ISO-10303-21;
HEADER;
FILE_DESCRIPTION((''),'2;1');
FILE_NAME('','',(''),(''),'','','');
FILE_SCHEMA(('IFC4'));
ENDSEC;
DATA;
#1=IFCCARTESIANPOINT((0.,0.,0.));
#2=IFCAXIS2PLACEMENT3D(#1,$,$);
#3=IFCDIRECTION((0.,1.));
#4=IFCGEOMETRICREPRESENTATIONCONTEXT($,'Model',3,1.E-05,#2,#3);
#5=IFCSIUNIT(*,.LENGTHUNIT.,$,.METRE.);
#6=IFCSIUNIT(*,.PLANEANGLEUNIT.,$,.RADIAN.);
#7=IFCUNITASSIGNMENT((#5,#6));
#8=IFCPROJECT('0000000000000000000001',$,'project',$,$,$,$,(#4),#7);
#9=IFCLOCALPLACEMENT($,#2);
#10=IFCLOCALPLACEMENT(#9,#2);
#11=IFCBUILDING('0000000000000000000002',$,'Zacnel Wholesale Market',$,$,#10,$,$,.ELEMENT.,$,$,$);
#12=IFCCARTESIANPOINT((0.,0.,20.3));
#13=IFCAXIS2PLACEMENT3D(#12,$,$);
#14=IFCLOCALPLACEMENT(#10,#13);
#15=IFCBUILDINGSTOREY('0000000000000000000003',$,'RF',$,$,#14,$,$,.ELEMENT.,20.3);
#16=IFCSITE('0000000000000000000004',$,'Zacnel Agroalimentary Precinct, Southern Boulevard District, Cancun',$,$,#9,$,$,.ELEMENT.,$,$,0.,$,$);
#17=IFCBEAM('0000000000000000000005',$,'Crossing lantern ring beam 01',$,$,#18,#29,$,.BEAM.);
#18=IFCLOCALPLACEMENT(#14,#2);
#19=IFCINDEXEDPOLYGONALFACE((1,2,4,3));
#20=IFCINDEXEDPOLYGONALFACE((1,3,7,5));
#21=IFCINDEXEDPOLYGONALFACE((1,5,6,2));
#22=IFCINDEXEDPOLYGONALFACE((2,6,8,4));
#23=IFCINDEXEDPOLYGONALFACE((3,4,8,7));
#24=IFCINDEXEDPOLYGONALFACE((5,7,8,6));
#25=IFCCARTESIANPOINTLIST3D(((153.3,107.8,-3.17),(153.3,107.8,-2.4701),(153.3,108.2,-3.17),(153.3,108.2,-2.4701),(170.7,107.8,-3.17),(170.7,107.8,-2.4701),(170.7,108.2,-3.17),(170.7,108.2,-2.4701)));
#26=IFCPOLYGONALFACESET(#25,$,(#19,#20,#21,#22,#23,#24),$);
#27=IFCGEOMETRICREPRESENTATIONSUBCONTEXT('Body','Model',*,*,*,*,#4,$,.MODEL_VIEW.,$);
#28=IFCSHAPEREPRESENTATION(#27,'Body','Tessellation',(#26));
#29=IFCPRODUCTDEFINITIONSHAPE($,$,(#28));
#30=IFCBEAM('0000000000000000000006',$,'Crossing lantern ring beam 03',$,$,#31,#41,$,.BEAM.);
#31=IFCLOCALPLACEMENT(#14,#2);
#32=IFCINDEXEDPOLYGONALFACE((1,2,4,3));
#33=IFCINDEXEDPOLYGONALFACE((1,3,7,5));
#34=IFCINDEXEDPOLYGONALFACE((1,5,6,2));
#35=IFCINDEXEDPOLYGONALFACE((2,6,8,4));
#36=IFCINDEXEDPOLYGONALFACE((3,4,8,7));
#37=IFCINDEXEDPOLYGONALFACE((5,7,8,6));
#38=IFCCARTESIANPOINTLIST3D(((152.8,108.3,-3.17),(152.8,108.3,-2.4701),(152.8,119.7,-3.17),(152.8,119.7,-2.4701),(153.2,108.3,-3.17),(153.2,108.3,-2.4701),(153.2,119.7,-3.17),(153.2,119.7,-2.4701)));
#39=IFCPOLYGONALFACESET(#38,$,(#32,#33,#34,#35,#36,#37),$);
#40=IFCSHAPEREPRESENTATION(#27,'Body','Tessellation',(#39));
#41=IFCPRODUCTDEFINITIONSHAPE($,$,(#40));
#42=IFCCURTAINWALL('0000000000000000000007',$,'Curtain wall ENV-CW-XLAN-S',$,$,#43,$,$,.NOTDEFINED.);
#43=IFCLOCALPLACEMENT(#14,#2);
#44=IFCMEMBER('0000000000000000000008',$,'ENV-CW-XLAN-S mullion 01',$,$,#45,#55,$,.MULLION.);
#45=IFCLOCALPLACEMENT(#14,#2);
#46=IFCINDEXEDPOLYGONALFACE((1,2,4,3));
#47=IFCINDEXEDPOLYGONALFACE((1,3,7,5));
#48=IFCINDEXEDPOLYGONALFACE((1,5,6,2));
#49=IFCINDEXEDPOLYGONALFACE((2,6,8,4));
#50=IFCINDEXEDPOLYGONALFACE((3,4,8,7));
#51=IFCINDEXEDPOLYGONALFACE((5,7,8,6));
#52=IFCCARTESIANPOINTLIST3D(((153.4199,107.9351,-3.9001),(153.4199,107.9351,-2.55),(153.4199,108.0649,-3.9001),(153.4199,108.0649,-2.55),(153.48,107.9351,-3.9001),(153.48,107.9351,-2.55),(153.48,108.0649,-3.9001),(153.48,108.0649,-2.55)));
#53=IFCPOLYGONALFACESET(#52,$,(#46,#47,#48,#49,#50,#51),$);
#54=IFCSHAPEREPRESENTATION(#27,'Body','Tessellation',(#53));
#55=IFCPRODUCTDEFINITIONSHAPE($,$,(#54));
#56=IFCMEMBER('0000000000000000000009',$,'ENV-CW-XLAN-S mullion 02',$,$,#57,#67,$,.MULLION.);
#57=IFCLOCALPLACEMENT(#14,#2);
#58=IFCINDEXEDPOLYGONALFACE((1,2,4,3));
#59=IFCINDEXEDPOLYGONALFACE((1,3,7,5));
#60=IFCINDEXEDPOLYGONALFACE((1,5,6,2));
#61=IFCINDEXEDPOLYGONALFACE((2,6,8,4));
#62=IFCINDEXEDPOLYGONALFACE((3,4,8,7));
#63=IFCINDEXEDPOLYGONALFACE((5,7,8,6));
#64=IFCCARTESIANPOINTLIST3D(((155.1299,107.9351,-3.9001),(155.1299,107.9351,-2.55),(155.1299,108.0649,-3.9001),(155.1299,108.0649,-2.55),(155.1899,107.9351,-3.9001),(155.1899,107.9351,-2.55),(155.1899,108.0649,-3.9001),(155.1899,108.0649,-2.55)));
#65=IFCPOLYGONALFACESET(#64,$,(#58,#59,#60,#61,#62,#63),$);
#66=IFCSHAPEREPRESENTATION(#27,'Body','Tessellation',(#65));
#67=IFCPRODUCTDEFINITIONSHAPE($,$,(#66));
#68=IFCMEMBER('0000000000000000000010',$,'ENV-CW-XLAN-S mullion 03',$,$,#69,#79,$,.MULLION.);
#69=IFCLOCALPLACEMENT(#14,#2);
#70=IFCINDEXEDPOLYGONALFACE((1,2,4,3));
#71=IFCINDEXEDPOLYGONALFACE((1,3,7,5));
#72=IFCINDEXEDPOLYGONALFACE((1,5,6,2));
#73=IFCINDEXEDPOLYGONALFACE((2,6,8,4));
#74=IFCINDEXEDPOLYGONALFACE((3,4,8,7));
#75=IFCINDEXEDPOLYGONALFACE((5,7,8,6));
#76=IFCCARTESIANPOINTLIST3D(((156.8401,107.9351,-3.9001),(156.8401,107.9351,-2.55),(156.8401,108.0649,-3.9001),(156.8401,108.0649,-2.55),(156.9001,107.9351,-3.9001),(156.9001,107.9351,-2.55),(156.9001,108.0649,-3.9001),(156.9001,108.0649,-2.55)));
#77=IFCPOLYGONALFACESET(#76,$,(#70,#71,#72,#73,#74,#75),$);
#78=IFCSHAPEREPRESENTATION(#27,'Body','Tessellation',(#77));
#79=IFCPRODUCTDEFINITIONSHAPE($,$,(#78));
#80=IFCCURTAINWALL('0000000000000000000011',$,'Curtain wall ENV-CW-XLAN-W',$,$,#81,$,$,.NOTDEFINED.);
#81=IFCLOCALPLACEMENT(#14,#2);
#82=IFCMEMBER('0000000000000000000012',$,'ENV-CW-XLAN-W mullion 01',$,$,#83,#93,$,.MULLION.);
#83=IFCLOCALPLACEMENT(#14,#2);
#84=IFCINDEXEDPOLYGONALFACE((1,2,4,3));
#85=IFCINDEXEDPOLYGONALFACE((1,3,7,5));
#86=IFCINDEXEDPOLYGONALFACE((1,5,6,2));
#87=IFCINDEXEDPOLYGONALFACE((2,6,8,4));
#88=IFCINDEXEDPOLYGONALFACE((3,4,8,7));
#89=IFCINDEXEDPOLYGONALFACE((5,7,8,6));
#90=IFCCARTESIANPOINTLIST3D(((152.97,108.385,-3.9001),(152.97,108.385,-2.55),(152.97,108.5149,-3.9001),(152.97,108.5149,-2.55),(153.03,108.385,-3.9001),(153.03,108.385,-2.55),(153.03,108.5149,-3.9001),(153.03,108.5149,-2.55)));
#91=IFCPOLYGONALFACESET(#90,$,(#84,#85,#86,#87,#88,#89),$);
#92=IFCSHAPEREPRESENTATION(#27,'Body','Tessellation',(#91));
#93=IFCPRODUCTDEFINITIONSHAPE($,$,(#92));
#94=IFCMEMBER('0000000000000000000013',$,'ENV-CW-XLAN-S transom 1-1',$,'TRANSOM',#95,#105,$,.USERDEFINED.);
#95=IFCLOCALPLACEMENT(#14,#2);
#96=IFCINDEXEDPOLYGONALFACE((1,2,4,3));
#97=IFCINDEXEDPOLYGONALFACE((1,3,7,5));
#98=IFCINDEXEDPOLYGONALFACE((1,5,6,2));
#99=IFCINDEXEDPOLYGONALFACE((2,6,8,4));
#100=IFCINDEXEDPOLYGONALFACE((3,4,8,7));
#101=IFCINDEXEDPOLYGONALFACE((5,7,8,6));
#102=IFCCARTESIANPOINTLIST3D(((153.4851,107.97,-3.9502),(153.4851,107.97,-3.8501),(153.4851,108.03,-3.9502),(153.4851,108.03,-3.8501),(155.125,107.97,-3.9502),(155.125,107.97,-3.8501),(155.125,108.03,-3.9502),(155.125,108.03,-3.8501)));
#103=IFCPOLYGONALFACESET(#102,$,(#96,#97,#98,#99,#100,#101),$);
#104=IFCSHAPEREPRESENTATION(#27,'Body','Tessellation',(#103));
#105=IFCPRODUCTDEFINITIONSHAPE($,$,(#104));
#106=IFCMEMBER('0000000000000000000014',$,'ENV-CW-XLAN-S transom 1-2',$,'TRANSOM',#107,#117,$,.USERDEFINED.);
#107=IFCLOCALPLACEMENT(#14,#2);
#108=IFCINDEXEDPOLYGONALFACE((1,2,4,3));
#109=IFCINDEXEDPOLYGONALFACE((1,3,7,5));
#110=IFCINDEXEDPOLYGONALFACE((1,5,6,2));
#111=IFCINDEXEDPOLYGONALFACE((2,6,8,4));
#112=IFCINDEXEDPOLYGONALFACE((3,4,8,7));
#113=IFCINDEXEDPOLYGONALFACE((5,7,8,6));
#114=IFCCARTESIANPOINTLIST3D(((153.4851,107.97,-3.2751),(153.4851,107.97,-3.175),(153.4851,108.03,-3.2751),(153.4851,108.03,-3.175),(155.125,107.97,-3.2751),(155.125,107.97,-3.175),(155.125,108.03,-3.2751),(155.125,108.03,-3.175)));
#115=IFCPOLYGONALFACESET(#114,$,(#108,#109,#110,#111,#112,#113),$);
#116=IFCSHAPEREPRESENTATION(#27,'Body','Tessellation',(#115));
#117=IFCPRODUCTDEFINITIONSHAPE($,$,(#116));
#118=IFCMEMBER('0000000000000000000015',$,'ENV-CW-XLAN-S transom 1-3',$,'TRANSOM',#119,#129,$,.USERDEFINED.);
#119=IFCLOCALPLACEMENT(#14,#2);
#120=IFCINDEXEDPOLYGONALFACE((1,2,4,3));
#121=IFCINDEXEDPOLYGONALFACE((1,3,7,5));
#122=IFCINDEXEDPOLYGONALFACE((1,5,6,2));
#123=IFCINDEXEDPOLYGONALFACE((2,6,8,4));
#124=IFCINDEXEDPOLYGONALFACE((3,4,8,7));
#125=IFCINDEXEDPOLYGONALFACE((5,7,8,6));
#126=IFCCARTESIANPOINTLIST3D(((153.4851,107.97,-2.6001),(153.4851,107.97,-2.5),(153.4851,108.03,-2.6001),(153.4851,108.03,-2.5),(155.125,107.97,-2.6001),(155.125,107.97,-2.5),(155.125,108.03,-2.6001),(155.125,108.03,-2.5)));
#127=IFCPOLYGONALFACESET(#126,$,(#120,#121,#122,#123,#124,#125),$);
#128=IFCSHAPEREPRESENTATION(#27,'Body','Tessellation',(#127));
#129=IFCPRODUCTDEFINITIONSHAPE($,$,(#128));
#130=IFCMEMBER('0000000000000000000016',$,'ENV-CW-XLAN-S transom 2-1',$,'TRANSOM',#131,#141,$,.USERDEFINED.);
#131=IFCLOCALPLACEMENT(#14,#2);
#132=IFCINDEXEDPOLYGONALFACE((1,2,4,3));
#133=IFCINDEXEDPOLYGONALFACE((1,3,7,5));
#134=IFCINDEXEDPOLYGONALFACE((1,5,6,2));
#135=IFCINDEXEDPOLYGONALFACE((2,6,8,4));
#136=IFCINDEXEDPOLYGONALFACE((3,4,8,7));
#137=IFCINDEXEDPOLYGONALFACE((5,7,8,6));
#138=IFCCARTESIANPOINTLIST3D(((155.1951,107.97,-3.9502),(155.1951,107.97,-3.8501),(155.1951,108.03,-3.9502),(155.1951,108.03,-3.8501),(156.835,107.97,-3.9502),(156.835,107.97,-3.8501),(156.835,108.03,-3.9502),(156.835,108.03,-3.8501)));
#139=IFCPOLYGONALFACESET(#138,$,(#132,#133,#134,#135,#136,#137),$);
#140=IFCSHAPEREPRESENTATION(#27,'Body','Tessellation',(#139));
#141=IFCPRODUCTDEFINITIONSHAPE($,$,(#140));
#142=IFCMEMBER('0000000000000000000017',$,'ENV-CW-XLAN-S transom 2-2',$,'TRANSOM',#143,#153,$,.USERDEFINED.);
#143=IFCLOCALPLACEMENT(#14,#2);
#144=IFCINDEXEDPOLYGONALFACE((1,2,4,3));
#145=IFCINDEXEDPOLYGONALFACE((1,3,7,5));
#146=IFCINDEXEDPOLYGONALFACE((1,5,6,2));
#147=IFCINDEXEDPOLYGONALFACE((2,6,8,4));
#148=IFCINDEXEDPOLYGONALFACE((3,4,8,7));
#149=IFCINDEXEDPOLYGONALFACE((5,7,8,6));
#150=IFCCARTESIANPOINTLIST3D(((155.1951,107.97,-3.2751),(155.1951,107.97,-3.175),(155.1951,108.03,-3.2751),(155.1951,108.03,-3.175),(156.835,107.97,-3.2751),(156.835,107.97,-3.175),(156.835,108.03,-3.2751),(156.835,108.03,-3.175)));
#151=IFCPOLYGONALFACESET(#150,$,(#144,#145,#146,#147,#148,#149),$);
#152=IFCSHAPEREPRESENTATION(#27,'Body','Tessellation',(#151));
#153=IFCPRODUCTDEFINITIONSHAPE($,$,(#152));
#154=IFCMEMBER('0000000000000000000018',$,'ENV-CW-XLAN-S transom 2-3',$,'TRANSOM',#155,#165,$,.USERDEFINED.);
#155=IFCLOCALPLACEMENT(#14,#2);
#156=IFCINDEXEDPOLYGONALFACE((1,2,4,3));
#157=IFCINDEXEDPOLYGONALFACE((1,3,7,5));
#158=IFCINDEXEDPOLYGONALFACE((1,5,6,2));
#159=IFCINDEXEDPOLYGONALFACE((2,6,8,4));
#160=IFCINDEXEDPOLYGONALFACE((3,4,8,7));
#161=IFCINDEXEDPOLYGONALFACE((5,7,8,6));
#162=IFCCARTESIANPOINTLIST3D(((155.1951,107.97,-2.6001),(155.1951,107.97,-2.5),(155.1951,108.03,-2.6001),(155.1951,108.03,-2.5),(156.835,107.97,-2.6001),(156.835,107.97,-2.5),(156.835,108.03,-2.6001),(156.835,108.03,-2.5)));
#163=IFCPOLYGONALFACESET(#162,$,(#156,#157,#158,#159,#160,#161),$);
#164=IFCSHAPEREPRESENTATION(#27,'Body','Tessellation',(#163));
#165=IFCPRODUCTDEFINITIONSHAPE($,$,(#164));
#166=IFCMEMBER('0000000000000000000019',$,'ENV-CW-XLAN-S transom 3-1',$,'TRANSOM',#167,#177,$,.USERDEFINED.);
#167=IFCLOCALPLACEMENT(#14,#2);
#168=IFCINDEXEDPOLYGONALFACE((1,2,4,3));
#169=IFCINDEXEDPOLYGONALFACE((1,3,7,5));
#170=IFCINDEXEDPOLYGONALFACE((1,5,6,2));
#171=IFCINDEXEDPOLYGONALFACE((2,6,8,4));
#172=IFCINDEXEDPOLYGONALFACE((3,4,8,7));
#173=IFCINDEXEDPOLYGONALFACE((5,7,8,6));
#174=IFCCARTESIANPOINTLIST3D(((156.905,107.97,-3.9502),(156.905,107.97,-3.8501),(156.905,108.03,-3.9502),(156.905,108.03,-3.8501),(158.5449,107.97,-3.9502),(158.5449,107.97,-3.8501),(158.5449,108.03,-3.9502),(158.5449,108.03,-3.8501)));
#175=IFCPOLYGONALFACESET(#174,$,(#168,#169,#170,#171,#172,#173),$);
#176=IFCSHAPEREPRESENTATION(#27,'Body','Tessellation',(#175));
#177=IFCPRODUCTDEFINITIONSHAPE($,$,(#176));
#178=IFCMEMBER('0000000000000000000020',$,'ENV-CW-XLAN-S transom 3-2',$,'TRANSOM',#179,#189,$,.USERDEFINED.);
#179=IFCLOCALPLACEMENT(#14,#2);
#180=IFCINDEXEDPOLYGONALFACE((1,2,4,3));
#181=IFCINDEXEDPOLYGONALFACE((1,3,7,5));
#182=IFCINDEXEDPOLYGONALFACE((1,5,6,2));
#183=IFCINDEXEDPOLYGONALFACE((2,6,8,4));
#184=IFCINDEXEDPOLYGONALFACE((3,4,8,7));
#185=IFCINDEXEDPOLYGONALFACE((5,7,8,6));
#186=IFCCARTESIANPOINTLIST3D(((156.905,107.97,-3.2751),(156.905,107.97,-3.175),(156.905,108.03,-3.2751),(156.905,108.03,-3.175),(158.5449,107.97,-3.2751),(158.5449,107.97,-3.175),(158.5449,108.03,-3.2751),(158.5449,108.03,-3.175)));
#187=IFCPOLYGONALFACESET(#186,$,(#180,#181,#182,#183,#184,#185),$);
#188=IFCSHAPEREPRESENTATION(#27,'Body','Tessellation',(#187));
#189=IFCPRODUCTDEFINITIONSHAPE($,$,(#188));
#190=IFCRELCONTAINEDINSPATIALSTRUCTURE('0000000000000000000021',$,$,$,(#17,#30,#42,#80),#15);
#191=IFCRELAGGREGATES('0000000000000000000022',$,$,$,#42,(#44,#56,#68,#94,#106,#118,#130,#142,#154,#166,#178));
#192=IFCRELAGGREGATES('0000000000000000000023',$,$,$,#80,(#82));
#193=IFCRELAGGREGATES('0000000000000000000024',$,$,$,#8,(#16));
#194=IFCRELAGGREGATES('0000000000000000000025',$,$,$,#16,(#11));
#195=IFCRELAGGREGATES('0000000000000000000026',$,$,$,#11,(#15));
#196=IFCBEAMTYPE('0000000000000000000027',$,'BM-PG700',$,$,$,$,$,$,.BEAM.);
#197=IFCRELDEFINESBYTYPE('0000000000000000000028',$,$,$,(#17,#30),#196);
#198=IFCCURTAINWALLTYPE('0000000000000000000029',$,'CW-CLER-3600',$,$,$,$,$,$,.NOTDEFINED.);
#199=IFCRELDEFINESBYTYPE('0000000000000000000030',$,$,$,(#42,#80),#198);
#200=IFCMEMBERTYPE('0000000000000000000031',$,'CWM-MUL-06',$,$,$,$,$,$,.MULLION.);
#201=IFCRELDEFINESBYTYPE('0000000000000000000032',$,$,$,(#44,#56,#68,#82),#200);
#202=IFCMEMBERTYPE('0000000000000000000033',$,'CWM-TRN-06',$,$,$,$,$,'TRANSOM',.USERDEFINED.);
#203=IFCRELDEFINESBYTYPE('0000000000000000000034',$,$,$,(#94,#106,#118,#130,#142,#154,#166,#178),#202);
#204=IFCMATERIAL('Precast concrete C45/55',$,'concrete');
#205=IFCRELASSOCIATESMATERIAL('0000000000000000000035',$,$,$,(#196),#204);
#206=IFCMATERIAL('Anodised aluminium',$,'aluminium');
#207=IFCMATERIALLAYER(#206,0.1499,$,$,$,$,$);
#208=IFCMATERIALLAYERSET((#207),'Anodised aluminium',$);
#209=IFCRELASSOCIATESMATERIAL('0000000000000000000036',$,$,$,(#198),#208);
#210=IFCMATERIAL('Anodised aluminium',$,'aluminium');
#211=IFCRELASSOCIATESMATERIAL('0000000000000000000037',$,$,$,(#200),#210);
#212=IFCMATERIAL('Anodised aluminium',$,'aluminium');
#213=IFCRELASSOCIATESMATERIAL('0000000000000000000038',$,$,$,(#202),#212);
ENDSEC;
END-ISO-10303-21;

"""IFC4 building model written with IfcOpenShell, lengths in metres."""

from ifc_helpers import new_model, si_unit, direction, frame, origin, origin_2d, place, context, subcontext, project, spatial, rectangle, extrude, material, layer, layer_set, material_profile, profile_set, type_object, element, aggregate, save


model = new_model("IFC4")

# Units and contexts
model_context = context("Model", 3, precision=1e-05, world=origin(), true_north=direction((0.0, 1.0)))
body_context = subcontext(model_context, "Body", "Model", "MODEL_VIEW")
ifc_project = project(units=[si_unit("LENGTHUNIT", "METRE"), si_unit("PLANEANGLEUNIT", "RADIAN")], contexts=[model_context])

# Site, building, storey
site_placement = place(None, origin())
site = spatial("IfcSite", under=ifc_project, at=site_placement, Name="Zacnel Agroalimentary Precinct, Southern Boulevard District, Cancun", CompositionType="ELEMENT", RefElevation=0.0)
building_placement = place(site_placement, origin())
building = spatial("IfcBuilding", under=site, at=building_placement, Name="Zacnel Wholesale Market", CompositionType="ELEMENT")
storey_placement = place(building_placement, frame((0.0, 0.0, 20.3)))
storey = spatial("IfcBuildingStorey", under=building, at=storey_placement, Name="RF", CompositionType="ELEMENT", Elevation=20.3)

# Beams
ifc_material_1 = material(Name="Precast concrete C45/55", Category="concrete")
ifc_material_profile_1 = material_profile(ifc_material_1, rectangle(XDim=0.3999, YDim=0.7, at=origin_2d()), Name="PG 400x700")
ifc_profile_set_1 = profile_set([ifc_material_profile_1], Name="Precast concrete C45/55")
beam_type = type_object("IfcBeamType", Name="BM-PG700", PredefinedType="BEAM", material=ifc_profile_set_1)
beam_1_placement = place(storey_placement, frame((153.3, 108.0, -2.8201), z_axis=(1.0, 0.0, 0.0), x_axis=(0.0, 1.0, 0.0)))
element("IfcBeam", 1, at=beam_1_placement, inside=storey, type_object=beam_type, Name="Crossing lantern ring beam 01", PredefinedType="BEAM", context=body_context, shape_type="SweptSolid", body=[
    extrude(rectangle(XDim=0.3999, YDim=0.7, at=origin_2d()), origin(), (0.0, 0.0, 1.0), 17.3999),
])
beam_2_placement = place(storey_placement, frame((153.0, 108.3, -2.8201), z_axis=(0.0, 1.0, 0.0), x_axis=(-1.0, 0.0, 0.0)))
element("IfcBeam", 2, at=beam_2_placement, inside=storey, type_object=beam_type, Name="Crossing lantern ring beam 03", PredefinedType="BEAM", context=body_context, shape_type="SweptSolid", body=[
    extrude(rectangle(XDim=0.3999, YDim=0.7, at=origin_2d()), origin(), (0.0, 0.0, 1.0), 11.3999),
])

# Curtain wall, members
ifc_material_2 = material(Name="Anodised aluminium", Category="aluminium")
ifc_layer_1 = layer(ifc_material_2, 0.1499)
ifc_layer_set_1 = layer_set([ifc_layer_1], Name="Anodised aluminium")
curtain_wall_type = type_object("IfcCurtainWallType", Name="CW-CLER-3600", PredefinedType="NOTDEFINED", material=ifc_layer_set_1)
curtain_wall_1_placement = place(storey_placement, origin())
curtain_wall_1 = element("IfcCurtainWall", 3, at=curtain_wall_1_placement, inside=storey, type_object=curtain_wall_type, Name="Curtain wall ENV-CW-XLAN-S", PredefinedType="NOTDEFINED")
ifc_material_3 = material(Name="Anodised aluminium", Category="aluminium")
ifc_material_profile_2 = material_profile(ifc_material_3, rectangle(XDim=0.0601, YDim=0.1299, at=origin_2d()), Name="AW-MULLION 60x130")
ifc_profile_set_2 = profile_set([ifc_material_profile_2], Name="Anodised aluminium")
member_type_1 = type_object("IfcMemberType", Name="CWM-MUL-06", PredefinedType="MULLION", material=ifc_profile_set_2)
member_1_placement = place(storey_placement, frame((153.45, 108.0, -3.9001), z_axis=(0.0, 0.0, 1.0), x_axis=(1.0, 0.0, 0.0)))
member_1 = element("IfcMember", 4, at=member_1_placement, type_object=member_type_1, Name="ENV-CW-XLAN-S mullion 01", PredefinedType="MULLION", context=body_context, shape_type="SweptSolid", body=[
    extrude(rectangle(XDim=0.0601, YDim=0.1299, at=origin_2d()), origin(), (0.0, 0.0, 1.0), 1.3501),
])
member_2_placement = place(storey_placement, frame((155.1599, 108.0, -3.9001), z_axis=(0.0, 0.0, 1.0), x_axis=(1.0, 0.0, 0.0)))
member_2 = element("IfcMember", 5, at=member_2_placement, type_object=member_type_1, Name="ENV-CW-XLAN-S mullion 02", PredefinedType="MULLION", context=body_context, shape_type="SweptSolid", body=[
    extrude(rectangle(XDim=0.0601, YDim=0.1299, at=origin_2d()), origin(), (0.0, 0.0, 1.0), 1.3501),
])
member_3_placement = place(storey_placement, frame((156.8701, 108.0, -3.9001), z_axis=(0.0, 0.0, 1.0), x_axis=(1.0, 0.0, 0.0)))
member_3 = element("IfcMember", 6, at=member_3_placement, type_object=member_type_1, Name="ENV-CW-XLAN-S mullion 03", PredefinedType="MULLION", context=body_context, shape_type="SweptSolid", body=[
    extrude(rectangle(XDim=0.0601, YDim=0.1299, at=origin_2d()), origin(), (0.0, 0.0, 1.0), 1.3501),
])

# Curtain wall, member
curtain_wall_2_placement = place(storey_placement, origin())
curtain_wall_2 = element("IfcCurtainWall", 7, at=curtain_wall_2_placement, inside=storey, type_object=curtain_wall_type, Name="Curtain wall ENV-CW-XLAN-W", PredefinedType="NOTDEFINED")
member_4_placement = place(storey_placement, frame((153.0, 108.45, -3.9001), z_axis=(0.0, 0.0, 1.0), x_axis=(1.0, 0.0, 0.0)))
member_4 = element("IfcMember", 8, at=member_4_placement, type_object=member_type_1, Name="ENV-CW-XLAN-W mullion 01", PredefinedType="MULLION", context=body_context, shape_type="SweptSolid", body=[
    extrude(rectangle(XDim=0.0601, YDim=0.1299, at=origin_2d()), origin(), (0.0, 0.0, 1.0), 1.3501),
])

# Members
ifc_material_4 = material(Name="Anodised aluminium", Category="aluminium")
ifc_material_profile_3 = material_profile(ifc_material_4, rectangle(XDim=0.0601, YDim=0.1001, at=origin_2d()), Name="AW-TRANSOM 60x100")
ifc_profile_set_3 = profile_set([ifc_material_profile_3], Name="Anodised aluminium")
member_type_2 = type_object("IfcMemberType", Name="CWM-TRN-06", ElementType="TRANSOM", PredefinedType="USERDEFINED", material=ifc_profile_set_3)
member_5_placement = place(storey_placement, frame((153.4851, 108.0, -3.9001), z_axis=(1.0, 0.0, 0.0), x_axis=(0.0, 1.0, 0.0)))
member_5 = element("IfcMember", 9, at=member_5_placement, type_object=member_type_2, Name="ENV-CW-XLAN-S transom 1-1", ObjectType="TRANSOM", PredefinedType="USERDEFINED", context=body_context, shape_type="SweptSolid", body=[
    extrude(rectangle(XDim=0.0601, YDim=0.1001, at=origin_2d()), origin(), (0.0, 0.0, 1.0), 1.6399),
])
member_6_placement = place(storey_placement, frame((153.4851, 108.0, -3.2251), z_axis=(1.0, 0.0, 0.0), x_axis=(0.0, 1.0, 0.0)))
member_6 = element("IfcMember", 10, at=member_6_placement, type_object=member_type_2, Name="ENV-CW-XLAN-S transom 1-2", ObjectType="TRANSOM", PredefinedType="USERDEFINED", context=body_context, shape_type="SweptSolid", body=[
    extrude(rectangle(XDim=0.0601, YDim=0.1001, at=origin_2d()), origin(), (0.0, 0.0, 1.0), 1.6399),
])
member_7_placement = place(storey_placement, frame((153.4851, 108.0, -2.55), z_axis=(1.0, 0.0, 0.0), x_axis=(0.0, 1.0, 0.0)))
member_7 = element("IfcMember", 11, at=member_7_placement, type_object=member_type_2, Name="ENV-CW-XLAN-S transom 1-3", ObjectType="TRANSOM", PredefinedType="USERDEFINED", context=body_context, shape_type="SweptSolid", body=[
    extrude(rectangle(XDim=0.0601, YDim=0.1001, at=origin_2d()), origin(), (0.0, 0.0, 1.0), 1.6399),
])
member_8_placement = place(storey_placement, frame((155.1951, 108.0, -3.9001), z_axis=(1.0, 0.0, 0.0), x_axis=(0.0, 1.0, 0.0)))
member_8 = element("IfcMember", 12, at=member_8_placement, type_object=member_type_2, Name="ENV-CW-XLAN-S transom 2-1", ObjectType="TRANSOM", PredefinedType="USERDEFINED", context=body_context, shape_type="SweptSolid", body=[
    extrude(rectangle(XDim=0.0601, YDim=0.1001, at=origin_2d()), origin(), (0.0, 0.0, 1.0), 1.6399),
])
member_9_placement = place(storey_placement, frame((155.1951, 108.0, -3.2251), z_axis=(1.0, 0.0, 0.0), x_axis=(0.0, 1.0, 0.0)))
member_9 = element("IfcMember", 13, at=member_9_placement, type_object=member_type_2, Name="ENV-CW-XLAN-S transom 2-2", ObjectType="TRANSOM", PredefinedType="USERDEFINED", context=body_context, shape_type="SweptSolid", body=[
    extrude(rectangle(XDim=0.0601, YDim=0.1001, at=origin_2d()), origin(), (0.0, 0.0, 1.0), 1.6399),
])
member_10_placement = place(storey_placement, frame((155.1951, 108.0, -2.55), z_axis=(1.0, 0.0, 0.0), x_axis=(0.0, 1.0, 0.0)))
member_10 = element("IfcMember", 14, at=member_10_placement, type_object=member_type_2, Name="ENV-CW-XLAN-S transom 2-3", ObjectType="TRANSOM", PredefinedType="USERDEFINED", context=body_context, shape_type="SweptSolid", body=[
    extrude(rectangle(XDim=0.0601, YDim=0.1001, at=origin_2d()), origin(), (0.0, 0.0, 1.0), 1.6399),
])
member_11_placement = place(storey_placement, frame((156.905, 108.0, -3.9001), z_axis=(1.0, 0.0, 0.0), x_axis=(0.0, 1.0, 0.0)))
member_11 = element("IfcMember", 15, at=member_11_placement, type_object=member_type_2, Name="ENV-CW-XLAN-S transom 3-1", ObjectType="TRANSOM", PredefinedType="USERDEFINED", context=body_context, shape_type="SweptSolid", body=[
    extrude(rectangle(XDim=0.0601, YDim=0.1001, at=origin_2d()), origin(), (0.0, 0.0, 1.0), 1.6399),
])
member_12_placement = place(storey_placement, frame((156.905, 108.0, -3.2251), z_axis=(1.0, 0.0, 0.0), x_axis=(0.0, 1.0, 0.0)))
member_12 = element("IfcMember", 16, at=member_12_placement, type_object=member_type_2, Name="ENV-CW-XLAN-S transom 3-2", ObjectType="TRANSOM", PredefinedType="USERDEFINED", context=body_context, shape_type="SweptSolid", body=[
    extrude(rectangle(XDim=0.0601, YDim=0.1001, at=origin_2d()), origin(), (0.0, 0.0, 1.0), 1.6399),
])

aggregate(curtain_wall_1, [member_1, member_2, member_3, member_5, member_6, member_7, member_8, member_9, member_10, member_11, member_12])
aggregate(curtain_wall_2, [member_4])

save(model, "model.ifc")
